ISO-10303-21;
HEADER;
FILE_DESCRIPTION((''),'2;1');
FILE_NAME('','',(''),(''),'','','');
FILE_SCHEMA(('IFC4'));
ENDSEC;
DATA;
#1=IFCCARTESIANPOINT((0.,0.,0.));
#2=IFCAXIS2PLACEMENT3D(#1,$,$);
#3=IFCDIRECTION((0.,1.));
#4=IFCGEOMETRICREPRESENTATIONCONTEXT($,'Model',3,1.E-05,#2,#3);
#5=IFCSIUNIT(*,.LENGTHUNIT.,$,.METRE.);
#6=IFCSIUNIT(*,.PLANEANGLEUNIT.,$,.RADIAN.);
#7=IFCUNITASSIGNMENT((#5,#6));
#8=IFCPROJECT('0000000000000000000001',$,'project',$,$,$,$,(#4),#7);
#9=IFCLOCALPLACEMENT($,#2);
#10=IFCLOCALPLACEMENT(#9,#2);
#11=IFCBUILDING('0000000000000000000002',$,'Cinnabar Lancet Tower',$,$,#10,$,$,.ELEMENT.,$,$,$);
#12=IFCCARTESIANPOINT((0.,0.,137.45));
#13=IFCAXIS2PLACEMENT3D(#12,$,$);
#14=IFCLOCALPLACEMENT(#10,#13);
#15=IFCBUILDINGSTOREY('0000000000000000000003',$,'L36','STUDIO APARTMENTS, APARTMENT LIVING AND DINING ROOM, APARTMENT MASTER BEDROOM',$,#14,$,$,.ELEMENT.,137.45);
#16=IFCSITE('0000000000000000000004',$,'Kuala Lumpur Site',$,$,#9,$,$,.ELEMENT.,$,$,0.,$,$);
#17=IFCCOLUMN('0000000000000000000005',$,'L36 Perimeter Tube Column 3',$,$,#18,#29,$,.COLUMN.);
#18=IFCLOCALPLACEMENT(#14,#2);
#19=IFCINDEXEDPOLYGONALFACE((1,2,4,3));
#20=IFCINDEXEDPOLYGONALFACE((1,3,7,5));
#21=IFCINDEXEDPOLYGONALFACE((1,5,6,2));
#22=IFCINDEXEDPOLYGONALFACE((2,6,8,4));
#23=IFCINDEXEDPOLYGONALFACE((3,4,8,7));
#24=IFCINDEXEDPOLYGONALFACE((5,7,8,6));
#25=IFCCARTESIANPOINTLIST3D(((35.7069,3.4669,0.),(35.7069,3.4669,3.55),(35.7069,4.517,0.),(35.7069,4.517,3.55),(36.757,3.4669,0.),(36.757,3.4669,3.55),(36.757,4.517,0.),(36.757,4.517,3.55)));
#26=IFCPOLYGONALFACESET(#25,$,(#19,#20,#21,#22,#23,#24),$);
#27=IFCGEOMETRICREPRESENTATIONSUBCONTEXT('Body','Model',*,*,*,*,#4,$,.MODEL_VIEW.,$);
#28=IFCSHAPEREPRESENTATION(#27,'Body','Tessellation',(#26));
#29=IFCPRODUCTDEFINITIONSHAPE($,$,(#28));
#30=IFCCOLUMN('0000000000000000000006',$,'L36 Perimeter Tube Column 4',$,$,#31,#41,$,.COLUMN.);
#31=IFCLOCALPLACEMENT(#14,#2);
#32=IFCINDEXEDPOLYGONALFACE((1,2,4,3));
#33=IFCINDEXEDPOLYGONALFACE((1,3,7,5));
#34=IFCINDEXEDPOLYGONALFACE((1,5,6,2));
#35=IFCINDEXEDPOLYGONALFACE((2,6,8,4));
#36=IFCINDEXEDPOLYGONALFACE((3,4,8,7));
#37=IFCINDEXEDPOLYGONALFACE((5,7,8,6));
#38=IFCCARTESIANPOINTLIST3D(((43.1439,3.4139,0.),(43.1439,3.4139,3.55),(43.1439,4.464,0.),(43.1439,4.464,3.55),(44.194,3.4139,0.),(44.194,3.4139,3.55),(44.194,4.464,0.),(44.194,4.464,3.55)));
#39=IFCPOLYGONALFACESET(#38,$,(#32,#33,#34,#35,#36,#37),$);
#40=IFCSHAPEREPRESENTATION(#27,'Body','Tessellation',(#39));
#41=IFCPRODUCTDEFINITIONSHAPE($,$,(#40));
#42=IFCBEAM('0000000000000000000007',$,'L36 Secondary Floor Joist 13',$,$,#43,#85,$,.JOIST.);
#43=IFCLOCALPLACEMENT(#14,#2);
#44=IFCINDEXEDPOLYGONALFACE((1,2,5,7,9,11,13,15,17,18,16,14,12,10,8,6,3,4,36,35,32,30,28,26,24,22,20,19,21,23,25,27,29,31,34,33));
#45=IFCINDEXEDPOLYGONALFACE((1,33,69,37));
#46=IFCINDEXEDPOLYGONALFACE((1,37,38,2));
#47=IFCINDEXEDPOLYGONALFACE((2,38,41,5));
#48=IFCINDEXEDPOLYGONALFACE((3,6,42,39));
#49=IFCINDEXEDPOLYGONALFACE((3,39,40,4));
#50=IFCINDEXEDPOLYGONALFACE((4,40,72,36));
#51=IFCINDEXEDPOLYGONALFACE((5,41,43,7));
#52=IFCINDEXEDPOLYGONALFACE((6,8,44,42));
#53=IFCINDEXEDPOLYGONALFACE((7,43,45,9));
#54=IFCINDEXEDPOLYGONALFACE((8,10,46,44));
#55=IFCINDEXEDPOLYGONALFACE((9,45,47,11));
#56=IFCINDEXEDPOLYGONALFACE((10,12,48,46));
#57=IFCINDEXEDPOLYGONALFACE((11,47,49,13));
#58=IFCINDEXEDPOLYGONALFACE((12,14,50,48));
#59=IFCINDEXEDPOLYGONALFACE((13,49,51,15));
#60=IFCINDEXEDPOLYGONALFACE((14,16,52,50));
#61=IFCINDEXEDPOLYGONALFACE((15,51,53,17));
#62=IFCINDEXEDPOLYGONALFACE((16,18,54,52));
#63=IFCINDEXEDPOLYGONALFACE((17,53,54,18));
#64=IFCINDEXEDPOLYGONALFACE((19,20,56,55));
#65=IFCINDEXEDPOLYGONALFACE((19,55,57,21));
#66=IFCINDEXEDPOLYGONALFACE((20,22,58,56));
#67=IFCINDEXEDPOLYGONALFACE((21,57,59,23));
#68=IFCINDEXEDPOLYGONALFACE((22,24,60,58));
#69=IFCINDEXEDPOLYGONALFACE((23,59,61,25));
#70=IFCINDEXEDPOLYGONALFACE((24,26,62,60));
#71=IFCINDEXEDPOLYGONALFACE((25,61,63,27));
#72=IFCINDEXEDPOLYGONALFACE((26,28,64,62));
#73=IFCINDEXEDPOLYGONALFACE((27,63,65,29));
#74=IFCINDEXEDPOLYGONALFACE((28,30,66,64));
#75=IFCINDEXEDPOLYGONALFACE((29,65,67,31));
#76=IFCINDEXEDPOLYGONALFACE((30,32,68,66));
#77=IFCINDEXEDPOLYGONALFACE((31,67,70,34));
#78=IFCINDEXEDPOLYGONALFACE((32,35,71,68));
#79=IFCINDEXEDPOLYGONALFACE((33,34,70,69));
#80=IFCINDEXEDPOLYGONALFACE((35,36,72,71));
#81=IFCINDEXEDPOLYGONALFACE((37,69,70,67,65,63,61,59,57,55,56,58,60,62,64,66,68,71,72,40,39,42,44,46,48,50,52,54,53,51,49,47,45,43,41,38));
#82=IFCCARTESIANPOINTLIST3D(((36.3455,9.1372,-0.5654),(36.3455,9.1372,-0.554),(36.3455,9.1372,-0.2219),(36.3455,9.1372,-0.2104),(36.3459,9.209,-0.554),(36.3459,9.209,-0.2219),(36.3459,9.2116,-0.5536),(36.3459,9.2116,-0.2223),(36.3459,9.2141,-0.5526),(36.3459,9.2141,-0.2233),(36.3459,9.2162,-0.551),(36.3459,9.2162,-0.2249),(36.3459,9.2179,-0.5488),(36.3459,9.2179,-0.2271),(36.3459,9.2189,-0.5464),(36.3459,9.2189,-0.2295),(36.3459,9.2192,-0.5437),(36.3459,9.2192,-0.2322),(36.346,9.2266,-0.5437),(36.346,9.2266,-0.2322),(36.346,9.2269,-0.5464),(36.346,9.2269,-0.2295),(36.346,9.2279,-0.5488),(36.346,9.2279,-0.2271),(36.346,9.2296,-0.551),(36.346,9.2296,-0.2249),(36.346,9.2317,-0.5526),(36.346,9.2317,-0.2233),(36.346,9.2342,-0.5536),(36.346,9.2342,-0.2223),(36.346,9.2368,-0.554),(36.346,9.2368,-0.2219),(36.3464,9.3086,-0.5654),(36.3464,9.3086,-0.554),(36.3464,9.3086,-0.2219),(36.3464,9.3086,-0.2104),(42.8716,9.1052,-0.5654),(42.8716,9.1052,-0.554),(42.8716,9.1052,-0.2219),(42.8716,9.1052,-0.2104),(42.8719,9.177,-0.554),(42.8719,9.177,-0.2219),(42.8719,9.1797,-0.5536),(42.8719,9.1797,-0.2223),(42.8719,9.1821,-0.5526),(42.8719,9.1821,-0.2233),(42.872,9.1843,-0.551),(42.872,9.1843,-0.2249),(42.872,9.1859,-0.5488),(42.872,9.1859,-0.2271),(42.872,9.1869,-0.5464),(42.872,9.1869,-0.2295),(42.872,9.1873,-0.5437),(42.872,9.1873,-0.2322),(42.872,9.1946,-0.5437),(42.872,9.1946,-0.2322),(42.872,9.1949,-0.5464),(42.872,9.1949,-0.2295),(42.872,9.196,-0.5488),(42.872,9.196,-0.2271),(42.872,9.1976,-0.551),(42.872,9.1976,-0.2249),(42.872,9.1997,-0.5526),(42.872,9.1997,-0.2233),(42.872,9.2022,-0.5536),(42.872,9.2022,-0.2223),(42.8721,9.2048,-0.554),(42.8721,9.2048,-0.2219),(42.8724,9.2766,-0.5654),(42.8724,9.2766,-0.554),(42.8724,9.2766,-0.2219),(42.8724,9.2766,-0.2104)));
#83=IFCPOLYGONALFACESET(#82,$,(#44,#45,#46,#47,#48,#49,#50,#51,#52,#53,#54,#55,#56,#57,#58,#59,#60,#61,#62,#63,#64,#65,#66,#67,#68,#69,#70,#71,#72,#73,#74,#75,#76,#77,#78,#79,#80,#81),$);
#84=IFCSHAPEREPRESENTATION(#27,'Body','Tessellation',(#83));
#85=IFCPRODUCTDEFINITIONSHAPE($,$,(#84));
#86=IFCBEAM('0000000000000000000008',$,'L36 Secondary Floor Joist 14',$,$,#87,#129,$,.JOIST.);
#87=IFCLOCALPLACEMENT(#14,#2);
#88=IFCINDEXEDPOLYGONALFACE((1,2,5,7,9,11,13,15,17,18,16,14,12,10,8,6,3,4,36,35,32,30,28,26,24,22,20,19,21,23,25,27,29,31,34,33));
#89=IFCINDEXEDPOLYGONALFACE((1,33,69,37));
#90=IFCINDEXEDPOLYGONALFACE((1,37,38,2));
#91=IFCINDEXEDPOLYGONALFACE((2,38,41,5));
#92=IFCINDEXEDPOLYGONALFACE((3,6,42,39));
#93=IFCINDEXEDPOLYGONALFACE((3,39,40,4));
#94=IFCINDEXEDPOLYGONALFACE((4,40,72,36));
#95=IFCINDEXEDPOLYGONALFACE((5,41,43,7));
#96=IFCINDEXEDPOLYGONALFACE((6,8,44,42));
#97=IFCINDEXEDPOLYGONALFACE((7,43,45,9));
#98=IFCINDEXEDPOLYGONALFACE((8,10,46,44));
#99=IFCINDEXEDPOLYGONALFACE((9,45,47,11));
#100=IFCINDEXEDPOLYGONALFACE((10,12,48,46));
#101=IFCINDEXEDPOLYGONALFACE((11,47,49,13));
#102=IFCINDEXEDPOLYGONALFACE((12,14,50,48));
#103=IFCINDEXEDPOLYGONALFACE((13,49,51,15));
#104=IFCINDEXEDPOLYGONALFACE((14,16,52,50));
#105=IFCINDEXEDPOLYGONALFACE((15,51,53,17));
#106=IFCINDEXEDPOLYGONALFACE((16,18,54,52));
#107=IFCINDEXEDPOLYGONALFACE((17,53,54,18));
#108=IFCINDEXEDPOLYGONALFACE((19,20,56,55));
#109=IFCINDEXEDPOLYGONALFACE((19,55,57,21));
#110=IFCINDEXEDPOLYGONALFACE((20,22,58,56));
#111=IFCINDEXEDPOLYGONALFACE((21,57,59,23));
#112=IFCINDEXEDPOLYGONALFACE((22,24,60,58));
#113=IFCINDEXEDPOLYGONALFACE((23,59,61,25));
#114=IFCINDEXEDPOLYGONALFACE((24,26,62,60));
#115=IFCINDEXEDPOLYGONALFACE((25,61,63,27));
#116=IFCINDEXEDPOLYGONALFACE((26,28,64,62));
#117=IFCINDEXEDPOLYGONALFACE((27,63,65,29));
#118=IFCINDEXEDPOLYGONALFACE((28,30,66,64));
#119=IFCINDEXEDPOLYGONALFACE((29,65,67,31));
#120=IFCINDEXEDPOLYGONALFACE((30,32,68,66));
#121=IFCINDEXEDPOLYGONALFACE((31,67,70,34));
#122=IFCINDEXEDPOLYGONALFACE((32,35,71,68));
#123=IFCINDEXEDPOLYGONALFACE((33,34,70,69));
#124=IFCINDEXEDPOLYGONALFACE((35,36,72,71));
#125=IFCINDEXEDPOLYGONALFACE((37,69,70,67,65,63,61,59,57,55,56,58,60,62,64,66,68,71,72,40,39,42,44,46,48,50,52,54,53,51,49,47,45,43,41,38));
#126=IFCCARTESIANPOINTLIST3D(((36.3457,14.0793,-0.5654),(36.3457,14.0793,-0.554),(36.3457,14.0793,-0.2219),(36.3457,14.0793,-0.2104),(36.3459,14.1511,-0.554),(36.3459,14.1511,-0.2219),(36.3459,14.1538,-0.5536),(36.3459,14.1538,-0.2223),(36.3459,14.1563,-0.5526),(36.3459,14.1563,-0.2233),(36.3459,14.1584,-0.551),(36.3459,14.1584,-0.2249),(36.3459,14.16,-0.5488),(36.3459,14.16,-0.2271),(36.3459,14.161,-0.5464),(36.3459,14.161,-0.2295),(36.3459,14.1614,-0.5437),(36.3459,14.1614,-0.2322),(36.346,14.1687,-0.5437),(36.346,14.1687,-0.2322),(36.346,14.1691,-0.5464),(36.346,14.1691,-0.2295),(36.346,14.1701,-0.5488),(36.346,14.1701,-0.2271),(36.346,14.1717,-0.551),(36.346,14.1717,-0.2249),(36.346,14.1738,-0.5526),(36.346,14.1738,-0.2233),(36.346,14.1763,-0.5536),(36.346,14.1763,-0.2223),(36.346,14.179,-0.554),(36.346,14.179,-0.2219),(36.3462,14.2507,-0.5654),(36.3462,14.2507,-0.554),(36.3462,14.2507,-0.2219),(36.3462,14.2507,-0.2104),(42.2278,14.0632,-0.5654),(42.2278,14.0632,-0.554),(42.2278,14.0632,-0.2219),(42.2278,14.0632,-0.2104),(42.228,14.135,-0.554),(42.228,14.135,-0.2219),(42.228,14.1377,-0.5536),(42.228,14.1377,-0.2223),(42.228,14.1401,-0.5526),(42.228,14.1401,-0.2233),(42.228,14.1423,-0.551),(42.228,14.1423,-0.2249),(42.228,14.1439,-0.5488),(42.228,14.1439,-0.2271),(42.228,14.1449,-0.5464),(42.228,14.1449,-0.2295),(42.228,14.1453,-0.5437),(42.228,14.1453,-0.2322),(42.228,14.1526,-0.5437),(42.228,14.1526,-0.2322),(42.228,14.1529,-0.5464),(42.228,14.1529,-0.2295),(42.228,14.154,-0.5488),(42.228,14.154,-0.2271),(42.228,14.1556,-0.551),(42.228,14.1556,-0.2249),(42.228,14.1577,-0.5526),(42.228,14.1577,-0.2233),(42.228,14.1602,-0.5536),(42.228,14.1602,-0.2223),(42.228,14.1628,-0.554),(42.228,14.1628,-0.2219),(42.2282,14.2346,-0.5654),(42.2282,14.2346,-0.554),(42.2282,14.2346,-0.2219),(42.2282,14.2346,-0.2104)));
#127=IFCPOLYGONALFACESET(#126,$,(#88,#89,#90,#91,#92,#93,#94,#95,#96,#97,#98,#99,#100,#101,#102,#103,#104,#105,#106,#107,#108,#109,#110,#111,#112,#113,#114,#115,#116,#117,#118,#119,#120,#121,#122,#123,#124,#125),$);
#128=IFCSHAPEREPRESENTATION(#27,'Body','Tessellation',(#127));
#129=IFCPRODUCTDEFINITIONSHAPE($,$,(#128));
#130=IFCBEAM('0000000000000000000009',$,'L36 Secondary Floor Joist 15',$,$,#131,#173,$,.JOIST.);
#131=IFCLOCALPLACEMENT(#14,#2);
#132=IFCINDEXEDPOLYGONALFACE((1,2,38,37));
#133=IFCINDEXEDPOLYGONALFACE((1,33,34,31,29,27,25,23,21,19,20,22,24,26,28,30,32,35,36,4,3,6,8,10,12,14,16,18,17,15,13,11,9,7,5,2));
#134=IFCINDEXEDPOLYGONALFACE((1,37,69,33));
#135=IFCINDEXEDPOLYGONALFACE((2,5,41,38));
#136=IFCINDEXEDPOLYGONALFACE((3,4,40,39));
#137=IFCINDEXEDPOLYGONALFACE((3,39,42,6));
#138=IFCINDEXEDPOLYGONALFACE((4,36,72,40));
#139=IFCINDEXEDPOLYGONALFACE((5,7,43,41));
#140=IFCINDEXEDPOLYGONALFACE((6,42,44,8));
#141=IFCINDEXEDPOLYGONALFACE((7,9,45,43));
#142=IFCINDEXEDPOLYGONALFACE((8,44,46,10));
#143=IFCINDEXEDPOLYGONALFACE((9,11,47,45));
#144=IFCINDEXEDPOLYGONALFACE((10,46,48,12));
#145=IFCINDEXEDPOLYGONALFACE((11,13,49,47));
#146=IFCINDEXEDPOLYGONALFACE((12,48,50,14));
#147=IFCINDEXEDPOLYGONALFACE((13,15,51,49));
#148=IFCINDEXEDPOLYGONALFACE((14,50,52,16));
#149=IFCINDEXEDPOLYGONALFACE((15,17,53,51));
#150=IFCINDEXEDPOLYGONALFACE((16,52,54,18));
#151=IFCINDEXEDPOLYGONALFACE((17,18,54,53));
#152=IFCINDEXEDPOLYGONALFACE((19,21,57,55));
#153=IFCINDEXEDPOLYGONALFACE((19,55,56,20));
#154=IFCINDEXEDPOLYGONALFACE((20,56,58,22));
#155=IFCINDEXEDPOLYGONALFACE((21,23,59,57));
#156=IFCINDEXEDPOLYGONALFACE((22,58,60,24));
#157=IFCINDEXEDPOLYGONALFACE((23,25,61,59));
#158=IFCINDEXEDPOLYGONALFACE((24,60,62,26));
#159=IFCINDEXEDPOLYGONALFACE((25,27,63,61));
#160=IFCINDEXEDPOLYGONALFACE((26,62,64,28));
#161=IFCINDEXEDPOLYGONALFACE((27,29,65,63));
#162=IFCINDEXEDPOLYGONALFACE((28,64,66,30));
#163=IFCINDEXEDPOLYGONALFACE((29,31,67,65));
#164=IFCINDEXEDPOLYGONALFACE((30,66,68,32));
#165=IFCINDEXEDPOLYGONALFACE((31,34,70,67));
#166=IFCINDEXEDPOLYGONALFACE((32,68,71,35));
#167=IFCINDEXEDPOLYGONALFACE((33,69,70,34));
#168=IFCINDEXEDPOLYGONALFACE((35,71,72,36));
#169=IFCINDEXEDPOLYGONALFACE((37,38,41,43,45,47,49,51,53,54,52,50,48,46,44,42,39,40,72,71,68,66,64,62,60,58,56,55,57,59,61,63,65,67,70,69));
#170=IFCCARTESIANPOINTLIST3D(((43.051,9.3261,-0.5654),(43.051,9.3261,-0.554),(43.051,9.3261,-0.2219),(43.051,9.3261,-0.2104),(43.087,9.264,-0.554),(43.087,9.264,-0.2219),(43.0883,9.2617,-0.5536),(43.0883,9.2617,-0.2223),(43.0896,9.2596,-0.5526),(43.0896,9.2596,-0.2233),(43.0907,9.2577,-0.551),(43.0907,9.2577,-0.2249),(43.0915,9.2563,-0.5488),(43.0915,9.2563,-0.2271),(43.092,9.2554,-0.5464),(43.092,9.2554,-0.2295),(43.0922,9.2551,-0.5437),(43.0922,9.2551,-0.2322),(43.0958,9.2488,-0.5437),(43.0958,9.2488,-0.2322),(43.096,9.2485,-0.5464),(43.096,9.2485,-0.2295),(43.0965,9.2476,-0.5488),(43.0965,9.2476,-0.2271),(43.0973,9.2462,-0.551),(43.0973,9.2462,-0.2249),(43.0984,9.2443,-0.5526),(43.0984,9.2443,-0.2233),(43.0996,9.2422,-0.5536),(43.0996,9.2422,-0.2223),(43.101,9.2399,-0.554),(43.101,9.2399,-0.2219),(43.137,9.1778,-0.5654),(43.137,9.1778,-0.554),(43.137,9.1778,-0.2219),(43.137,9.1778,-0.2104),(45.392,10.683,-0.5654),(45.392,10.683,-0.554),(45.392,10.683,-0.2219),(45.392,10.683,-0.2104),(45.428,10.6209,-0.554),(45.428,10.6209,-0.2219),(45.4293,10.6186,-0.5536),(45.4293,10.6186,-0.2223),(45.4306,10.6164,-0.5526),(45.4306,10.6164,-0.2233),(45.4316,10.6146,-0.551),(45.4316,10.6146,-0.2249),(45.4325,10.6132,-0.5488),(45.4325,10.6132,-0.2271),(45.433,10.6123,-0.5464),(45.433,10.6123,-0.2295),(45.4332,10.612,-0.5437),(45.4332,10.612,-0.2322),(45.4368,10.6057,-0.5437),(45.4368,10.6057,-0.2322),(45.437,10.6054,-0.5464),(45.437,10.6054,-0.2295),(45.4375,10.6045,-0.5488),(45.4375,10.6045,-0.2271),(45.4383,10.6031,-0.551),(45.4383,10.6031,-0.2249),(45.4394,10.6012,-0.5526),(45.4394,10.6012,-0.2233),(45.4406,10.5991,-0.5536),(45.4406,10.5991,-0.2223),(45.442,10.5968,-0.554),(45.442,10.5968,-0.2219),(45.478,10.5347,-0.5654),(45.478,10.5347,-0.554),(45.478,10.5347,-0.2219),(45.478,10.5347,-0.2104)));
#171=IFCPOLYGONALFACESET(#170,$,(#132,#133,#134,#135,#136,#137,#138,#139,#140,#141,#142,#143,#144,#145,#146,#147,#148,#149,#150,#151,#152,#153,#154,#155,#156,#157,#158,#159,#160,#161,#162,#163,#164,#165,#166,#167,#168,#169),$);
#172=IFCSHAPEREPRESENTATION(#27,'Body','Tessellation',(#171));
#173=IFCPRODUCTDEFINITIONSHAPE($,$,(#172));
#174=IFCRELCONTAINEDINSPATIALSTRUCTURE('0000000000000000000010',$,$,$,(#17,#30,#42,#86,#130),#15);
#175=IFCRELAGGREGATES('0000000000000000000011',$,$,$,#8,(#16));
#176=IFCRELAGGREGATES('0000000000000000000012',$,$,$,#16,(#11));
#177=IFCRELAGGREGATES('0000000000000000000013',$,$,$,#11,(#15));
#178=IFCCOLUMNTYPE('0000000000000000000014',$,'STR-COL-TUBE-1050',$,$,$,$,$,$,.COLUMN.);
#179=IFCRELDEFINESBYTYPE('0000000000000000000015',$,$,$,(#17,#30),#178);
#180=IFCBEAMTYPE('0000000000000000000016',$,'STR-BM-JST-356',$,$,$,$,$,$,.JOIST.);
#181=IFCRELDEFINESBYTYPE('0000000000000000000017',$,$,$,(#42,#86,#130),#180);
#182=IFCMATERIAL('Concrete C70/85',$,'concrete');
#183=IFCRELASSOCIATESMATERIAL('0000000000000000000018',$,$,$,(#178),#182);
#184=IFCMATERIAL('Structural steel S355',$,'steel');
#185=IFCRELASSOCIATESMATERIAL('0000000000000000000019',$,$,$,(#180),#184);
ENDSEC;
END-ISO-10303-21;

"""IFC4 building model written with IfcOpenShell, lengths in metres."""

from ifc_helpers import new_model, si_unit, direction, frame, origin, origin_2d, place, context, subcontext, project, spatial, rectangle, i_section, extrude, material, material_profile, profile_set, type_object, element, save


model = new_model("IFC4")

# Units and contexts
model_context = context("Model", 3, precision=1e-05, world=origin(), true_north=direction((0.0, 1.0)))
body_context = subcontext(model_context, "Body", "Model", "MODEL_VIEW")
ifc_project = project(units=[si_unit("LENGTHUNIT", "METRE"), si_unit("PLANEANGLEUNIT", "RADIAN")], contexts=[model_context])

# Site, building, storey
site_placement = place(None, origin())
site = spatial("IfcSite", under=ifc_project, at=site_placement, Name="Kuala Lumpur Site", CompositionType="ELEMENT", RefElevation=0.0)
building_placement = place(site_placement, origin())
building = spatial("IfcBuilding", under=site, at=building_placement, Name="Cinnabar Lancet Tower", CompositionType="ELEMENT")
storey_placement = place(building_placement, frame((0.0, 0.0, 137.45)))
storey = spatial("IfcBuildingStorey", under=building, at=storey_placement, Name="L36", Description="STUDIO APARTMENTS, APARTMENT LIVING AND DINING ROOM, APARTMENT MASTER BEDROOM", CompositionType="ELEMENT", Elevation=137.45)

# Columns
ifc_material_1 = material(Name="Concrete C70/85", Category="concrete")
ifc_material_profile_1 = material_profile(ifc_material_1, rectangle(XDim=1.05, YDim=1.05, at=origin_2d()), Name="RC-COL 1050x1050")
ifc_profile_set_1 = profile_set([ifc_material_profile_1], Name="Concrete C70/85")
column_type = type_object("IfcColumnType", Name="STR-COL-TUBE-1050", PredefinedType="COLUMN", material=ifc_profile_set_1)
for number, where, z_axis, x_axis, name in (
    (1, (36.2319, 3.9919, 0.0), (0.0, 0.0, 1.0), (1.0, 0.0, 0.0), "L36 Perimeter Tube Column 3"),
    (2, (43.6689, 3.939, 0.0), (0.0, 0.0, 1.0), (1.0, 0.0, 0.0), "L36 Perimeter Tube Column 4"),
):
    element("IfcColumn", number, at=place(storey_placement, frame(where, z_axis=z_axis, x_axis=x_axis)), inside=storey, type_object=column_type, Name=name, PredefinedType="COLUMN", context=body_context, shape_type="SweptSolid", body=[
        extrude(rectangle(XDim=1.05, YDim=1.05, at=origin_2d()), origin(), (0.0, 0.0, 1.0), 3.55),
    ])

# Beams
ifc_material_2 = material(Name="Structural steel S355", Category="steel")
ifc_material_profile_2 = material_profile(ifc_material_2, i_section(OverallWidth=0.1714, OverallDepth=0.355, WebThickness=0.0073, FlangeThickness=0.0115, FilletRadius=0.0103, at=origin_2d()), Name="UKB 356x171x51")
ifc_profile_set_2 = profile_set([ifc_material_profile_2], Name="Structural steel S355")
beam_type_1 = type_object("IfcBeamType", Name="STR-BM-JST-356", PredefinedType="JOIST", material=ifc_profile_set_2)
beam_1_placement = place(storey_placement, frame((36.3459, 9.2229, -0.3879), z_axis=(0.999988, -0.004901, 0.0), x_axis=(0.004901, 0.999988, 0.0)))
element("IfcBeam", 3, at=beam_1_placement, inside=storey, type_object=beam_type_1, Name="L36 Secondary Floor Joist 13", PredefinedType="JOIST", context=body_context, shape_type="SweptSolid", body=[
    extrude(i_section(OverallWidth=0.1714, OverallDepth=0.355, WebThickness=0.0073, FlangeThickness=0.0115, FilletRadius=0.0103, at=origin_2d()), origin(), (0.0, 0.0, 1.0), 6.5261),
])
beam_2_placement = place(storey_placement, frame((36.3459, 14.165, -0.3879), z_axis=(0.999996, -0.002739, 0.0), x_axis=(0.002739, 0.999996, 0.0)))
element("IfcBeam", 4, at=beam_2_placement, inside=storey, type_object=beam_type_1, Name="L36 Secondary Floor Joist 14", PredefinedType="JOIST", context=body_context, shape_type="SweptSolid", body=[
    extrude(i_section(OverallWidth=0.1714, OverallDepth=0.355, WebThickness=0.0073, FlangeThickness=0.0115, FilletRadius=0.0103, at=origin_2d()), origin(), (0.0, 0.0, 1.0), 5.8821),
])
beam_3_placement = place(storey_placement, frame((43.094, 9.252, -0.3879), z_axis=(0.865173, 0.501474, 0.0), x_axis=(-0.501474, 0.865173, 0.0)))
element("IfcBeam", 5, at=beam_3_placement, inside=storey, type_object=beam_type_1, Name="L36 Secondary Floor Joist 15", PredefinedType="JOIST", context=body_context, shape_type="SweptSolid", body=[
    extrude(i_section(OverallWidth=0.1714, OverallDepth=0.355, WebThickness=0.0073, FlangeThickness=0.0115, FilletRadius=0.0103, at=origin_2d()), origin(), (0.0, 0.0, 1.0), 2.7058),
])

save(model, "model.ifc")
